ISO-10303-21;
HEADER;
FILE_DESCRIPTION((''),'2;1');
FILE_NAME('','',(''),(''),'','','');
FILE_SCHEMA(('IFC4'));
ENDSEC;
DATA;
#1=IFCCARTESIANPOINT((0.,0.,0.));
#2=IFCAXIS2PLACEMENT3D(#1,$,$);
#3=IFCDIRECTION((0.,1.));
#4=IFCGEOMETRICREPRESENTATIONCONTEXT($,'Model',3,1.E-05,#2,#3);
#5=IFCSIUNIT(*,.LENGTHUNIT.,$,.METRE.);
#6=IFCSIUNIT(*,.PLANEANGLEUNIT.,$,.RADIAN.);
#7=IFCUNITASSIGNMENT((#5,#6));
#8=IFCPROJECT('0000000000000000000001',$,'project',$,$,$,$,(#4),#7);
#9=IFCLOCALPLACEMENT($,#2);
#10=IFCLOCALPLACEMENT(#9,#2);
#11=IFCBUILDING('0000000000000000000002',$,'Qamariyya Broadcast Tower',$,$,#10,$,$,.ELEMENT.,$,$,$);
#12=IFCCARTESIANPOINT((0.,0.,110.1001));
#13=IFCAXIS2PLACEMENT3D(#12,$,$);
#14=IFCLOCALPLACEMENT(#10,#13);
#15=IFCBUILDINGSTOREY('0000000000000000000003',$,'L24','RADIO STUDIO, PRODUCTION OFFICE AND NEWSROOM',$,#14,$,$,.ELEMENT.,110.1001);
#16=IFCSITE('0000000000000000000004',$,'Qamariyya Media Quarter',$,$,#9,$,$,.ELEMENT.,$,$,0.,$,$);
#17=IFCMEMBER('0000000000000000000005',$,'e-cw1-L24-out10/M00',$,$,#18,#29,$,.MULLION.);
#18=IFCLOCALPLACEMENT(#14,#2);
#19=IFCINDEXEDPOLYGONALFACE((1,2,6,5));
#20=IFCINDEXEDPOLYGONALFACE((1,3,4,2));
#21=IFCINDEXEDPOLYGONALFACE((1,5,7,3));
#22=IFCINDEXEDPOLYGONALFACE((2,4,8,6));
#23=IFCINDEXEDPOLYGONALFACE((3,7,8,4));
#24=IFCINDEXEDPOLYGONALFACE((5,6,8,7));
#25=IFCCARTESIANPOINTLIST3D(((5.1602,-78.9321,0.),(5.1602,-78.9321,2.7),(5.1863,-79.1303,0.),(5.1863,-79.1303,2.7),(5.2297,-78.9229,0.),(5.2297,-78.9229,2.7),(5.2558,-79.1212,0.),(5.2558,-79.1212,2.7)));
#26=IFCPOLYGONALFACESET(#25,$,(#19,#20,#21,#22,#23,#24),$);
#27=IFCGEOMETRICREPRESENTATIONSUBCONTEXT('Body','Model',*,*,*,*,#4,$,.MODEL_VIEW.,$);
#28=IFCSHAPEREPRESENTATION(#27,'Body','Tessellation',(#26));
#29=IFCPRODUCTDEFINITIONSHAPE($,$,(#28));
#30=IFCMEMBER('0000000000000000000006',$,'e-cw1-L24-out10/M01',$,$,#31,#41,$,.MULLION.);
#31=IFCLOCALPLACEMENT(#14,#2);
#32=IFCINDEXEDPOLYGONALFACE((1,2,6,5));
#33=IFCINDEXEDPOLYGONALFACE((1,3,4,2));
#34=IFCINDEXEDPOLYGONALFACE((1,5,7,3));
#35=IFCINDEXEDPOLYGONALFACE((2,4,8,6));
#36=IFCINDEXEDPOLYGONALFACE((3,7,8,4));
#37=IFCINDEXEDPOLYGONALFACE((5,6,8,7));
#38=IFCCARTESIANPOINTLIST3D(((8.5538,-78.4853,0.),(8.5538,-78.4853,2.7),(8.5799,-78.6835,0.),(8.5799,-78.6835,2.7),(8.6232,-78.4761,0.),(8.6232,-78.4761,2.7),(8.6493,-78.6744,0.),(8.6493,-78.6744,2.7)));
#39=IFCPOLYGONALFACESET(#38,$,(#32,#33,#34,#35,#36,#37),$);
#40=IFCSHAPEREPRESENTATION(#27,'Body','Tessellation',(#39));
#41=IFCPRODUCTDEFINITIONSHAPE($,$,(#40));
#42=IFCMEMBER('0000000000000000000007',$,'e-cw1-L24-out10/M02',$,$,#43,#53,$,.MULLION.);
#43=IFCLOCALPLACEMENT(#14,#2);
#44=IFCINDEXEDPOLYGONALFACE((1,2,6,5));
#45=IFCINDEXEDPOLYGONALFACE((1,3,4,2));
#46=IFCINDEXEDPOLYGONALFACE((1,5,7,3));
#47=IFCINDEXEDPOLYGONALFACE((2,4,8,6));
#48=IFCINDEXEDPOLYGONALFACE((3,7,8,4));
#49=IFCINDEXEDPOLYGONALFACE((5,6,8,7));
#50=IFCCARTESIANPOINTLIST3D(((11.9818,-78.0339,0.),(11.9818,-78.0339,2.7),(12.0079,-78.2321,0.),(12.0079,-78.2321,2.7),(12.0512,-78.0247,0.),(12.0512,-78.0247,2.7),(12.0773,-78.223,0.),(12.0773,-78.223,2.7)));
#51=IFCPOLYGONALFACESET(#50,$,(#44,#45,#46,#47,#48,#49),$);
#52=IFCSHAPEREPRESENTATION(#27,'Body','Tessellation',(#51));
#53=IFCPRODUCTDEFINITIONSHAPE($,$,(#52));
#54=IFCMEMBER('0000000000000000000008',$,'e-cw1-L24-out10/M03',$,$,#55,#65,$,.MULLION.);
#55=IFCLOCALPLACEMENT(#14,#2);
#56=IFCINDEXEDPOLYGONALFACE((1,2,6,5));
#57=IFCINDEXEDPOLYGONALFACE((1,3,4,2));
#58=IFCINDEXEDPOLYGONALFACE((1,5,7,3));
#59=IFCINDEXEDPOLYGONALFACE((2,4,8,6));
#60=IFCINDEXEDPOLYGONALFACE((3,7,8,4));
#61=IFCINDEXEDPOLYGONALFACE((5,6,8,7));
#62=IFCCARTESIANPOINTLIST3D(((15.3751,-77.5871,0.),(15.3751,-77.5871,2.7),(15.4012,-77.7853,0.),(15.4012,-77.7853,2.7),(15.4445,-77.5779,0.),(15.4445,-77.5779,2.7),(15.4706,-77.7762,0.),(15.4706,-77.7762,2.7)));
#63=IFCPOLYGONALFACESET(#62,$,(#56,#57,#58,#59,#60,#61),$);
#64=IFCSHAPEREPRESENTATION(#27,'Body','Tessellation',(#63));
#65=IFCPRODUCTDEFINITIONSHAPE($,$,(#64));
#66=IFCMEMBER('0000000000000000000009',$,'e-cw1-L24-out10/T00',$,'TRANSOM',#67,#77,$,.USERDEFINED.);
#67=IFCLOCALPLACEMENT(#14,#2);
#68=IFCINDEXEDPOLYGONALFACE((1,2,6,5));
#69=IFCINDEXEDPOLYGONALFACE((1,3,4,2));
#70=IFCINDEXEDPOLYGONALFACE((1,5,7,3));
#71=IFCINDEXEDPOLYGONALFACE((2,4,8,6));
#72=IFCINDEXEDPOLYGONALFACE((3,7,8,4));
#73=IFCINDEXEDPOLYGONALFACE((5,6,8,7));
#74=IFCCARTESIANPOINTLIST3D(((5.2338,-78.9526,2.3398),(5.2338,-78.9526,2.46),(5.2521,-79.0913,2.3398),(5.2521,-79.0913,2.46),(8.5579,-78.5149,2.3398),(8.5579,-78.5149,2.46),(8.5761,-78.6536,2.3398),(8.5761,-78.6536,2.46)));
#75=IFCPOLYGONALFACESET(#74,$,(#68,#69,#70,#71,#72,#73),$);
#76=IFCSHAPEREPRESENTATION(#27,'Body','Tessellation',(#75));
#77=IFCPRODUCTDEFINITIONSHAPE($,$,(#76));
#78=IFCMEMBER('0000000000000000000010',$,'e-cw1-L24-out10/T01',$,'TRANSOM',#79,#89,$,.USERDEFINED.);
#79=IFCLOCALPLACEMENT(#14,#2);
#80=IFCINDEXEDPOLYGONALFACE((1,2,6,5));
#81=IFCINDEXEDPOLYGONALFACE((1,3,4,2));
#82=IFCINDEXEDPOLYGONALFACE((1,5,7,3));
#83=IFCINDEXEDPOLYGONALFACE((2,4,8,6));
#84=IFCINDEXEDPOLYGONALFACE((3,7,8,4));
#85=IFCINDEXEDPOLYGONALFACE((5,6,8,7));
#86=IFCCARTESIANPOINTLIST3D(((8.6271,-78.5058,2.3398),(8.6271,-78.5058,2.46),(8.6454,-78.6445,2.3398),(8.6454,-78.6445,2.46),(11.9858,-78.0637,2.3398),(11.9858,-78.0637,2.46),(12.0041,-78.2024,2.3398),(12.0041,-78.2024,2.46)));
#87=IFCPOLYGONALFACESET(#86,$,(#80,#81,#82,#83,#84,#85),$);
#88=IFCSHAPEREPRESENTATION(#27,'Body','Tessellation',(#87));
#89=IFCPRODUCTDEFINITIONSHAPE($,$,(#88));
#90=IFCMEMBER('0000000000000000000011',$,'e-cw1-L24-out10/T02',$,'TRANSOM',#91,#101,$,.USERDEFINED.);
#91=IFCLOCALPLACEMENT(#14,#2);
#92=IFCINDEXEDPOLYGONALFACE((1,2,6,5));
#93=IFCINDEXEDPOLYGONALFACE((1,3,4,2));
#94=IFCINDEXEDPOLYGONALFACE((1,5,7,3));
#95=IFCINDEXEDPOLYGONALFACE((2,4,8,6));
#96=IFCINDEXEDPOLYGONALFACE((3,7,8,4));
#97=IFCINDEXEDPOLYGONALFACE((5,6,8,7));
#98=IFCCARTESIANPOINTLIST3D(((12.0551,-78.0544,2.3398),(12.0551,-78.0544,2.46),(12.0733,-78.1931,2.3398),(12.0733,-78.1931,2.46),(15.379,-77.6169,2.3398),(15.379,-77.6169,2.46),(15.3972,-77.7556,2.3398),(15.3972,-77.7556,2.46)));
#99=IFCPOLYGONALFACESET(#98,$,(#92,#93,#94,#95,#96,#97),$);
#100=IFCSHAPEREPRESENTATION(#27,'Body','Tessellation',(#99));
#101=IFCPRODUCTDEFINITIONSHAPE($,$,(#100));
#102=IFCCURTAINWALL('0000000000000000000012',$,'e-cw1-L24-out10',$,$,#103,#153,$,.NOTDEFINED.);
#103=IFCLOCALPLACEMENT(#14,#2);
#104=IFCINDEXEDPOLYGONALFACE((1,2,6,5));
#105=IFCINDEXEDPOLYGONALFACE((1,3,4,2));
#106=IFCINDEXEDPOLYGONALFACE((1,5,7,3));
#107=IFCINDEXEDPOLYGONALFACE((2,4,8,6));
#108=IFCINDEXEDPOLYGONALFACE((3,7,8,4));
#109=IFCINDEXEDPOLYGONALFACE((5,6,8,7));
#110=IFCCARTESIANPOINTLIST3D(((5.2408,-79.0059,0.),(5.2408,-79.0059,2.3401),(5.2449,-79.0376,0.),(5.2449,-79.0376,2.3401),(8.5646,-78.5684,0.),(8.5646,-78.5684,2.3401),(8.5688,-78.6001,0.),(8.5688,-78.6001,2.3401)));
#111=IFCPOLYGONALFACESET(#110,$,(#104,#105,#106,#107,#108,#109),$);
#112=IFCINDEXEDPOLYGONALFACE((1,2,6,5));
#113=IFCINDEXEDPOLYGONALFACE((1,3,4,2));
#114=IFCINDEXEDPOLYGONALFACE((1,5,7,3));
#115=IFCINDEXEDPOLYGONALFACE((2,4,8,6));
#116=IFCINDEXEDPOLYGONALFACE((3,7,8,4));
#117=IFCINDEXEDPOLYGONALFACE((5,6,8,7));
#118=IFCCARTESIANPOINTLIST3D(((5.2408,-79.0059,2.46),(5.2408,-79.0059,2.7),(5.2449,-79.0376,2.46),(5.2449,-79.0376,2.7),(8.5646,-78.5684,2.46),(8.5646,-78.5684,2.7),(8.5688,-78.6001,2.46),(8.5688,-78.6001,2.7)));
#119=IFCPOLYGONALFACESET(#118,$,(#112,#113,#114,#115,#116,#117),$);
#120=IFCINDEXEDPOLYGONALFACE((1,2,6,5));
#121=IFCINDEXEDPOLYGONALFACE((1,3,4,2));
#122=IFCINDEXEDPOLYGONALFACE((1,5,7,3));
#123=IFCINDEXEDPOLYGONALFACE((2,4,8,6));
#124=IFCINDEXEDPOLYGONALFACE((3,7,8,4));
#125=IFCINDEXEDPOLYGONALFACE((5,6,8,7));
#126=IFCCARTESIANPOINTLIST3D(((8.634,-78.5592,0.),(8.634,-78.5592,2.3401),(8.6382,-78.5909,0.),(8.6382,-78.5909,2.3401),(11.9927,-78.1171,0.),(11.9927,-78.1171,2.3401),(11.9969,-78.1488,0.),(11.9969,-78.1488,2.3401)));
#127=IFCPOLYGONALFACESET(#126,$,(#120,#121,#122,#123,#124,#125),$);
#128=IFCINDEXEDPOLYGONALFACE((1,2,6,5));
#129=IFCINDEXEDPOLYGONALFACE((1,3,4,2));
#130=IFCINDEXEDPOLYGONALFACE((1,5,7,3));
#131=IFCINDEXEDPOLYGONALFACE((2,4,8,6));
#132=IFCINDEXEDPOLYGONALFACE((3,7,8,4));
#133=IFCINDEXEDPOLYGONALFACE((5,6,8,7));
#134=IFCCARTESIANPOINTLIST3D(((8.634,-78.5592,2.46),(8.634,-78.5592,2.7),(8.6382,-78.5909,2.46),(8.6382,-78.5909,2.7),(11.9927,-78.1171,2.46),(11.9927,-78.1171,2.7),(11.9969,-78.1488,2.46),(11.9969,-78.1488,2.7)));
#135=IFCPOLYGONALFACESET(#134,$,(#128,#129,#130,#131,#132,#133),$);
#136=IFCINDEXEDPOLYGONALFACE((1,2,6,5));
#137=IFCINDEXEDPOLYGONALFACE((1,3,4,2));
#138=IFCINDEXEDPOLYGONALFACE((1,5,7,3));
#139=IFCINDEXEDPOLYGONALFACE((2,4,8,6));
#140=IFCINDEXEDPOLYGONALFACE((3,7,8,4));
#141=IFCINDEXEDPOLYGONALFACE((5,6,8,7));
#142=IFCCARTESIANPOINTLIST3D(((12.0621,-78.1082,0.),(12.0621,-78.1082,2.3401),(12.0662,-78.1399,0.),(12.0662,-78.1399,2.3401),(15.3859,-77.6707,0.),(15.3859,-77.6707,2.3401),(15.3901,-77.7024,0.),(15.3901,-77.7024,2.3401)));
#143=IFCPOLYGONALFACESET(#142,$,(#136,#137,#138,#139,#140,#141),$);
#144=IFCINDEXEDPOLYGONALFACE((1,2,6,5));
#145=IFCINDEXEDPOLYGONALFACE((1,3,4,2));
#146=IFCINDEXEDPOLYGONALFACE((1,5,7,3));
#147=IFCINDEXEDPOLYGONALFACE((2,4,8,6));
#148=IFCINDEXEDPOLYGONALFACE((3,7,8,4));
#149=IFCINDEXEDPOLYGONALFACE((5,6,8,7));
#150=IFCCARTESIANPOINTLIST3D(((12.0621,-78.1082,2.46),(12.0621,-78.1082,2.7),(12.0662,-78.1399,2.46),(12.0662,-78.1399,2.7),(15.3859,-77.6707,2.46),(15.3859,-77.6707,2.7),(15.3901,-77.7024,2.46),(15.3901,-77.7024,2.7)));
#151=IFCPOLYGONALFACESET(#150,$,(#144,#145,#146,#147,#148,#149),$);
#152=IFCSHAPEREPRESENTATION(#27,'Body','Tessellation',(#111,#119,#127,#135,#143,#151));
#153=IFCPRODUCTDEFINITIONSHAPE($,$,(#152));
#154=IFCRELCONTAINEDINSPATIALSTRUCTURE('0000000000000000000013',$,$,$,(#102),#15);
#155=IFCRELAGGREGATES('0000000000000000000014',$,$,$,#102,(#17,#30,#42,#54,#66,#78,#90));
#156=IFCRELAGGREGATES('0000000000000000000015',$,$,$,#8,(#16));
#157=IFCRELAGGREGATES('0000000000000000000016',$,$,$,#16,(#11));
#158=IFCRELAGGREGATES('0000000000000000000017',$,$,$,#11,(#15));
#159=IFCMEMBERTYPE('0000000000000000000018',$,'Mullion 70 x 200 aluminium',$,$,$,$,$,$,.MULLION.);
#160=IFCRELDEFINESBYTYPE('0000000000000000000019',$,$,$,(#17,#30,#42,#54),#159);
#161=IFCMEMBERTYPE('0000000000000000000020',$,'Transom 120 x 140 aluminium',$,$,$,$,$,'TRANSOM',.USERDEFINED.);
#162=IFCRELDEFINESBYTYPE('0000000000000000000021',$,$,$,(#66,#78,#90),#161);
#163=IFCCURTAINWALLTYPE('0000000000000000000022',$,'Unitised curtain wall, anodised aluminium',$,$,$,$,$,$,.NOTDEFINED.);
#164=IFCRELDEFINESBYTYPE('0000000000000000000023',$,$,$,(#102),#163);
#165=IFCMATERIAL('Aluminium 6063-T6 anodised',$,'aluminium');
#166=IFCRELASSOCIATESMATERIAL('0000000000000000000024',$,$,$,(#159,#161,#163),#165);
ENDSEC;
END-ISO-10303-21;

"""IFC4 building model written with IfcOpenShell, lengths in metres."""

from ifc_helpers import new_model, si_unit, direction, frame, origin, origin_2d, place, context, subcontext, project, spatial, rectangle, extrude, material, material_profile, profile_set, type_object, element, aggregate, save


model = new_model("IFC4")

# Units and contexts
model_context = context("Model", 3, precision=1e-05, world=origin(), true_north=direction((0.0, 1.0)))
body_context = subcontext(model_context, "Body", "Model", "MODEL_VIEW")
ifc_project = project(units=[si_unit("LENGTHUNIT", "METRE"), si_unit("PLANEANGLEUNIT", "RADIAN")], contexts=[model_context])

# Members
ifc_material = material(Name="Aluminium 6063-T6 anodised", Category="aluminium")
ifc_material_profile_1 = material_profile(ifc_material, rectangle(XDim=0.2, YDim=0.0701, at=origin_2d()))
ifc_profile_set_1 = profile_set([ifc_material_profile_1], Name="Aluminium 6063-T6 anodised")
member_type_1 = type_object("IfcMemberType", Name="Mullion 70 x 200 aluminium", PredefinedType="MULLION", material=ifc_profile_set_1)
site_placement = place(None, origin())
building_placement = place(site_placement, origin())
storey_placement = place(building_placement, frame((0.0, 0.0, 110.1001)))
member_1_placement = place(storey_placement, frame((5.208, -79.0266, 0.0), z_axis=(0.0, 0.0, 1.0), x_axis=(-0.130526, 0.991445, 0.0)))
member_1 = element("IfcMember", 1, at=member_1_placement, type_object=member_type_1, Name="e-cw1-L24-out10/M00", PredefinedType="MULLION", context=body_context, shape_type="SweptSolid", body=[
    extrude(rectangle(XDim=0.2, YDim=0.0701, at=origin_2d()), origin(), (0.0, 0.0, 1.0), 2.7),
])
member_2_placement = place(storey_placement, frame((8.6016, -78.5798, 0.0), z_axis=(0.0, 0.0, 1.0), x_axis=(-0.130526, 0.991445, 0.0)))
member_2 = element("IfcMember", 2, at=member_2_placement, type_object=member_type_1, Name="e-cw1-L24-out10/M01", PredefinedType="MULLION", context=body_context, shape_type="SweptSolid", body=[
    extrude(rectangle(XDim=0.2, YDim=0.0701, at=origin_2d()), origin(), (0.0, 0.0, 1.0), 2.7),
])
member_3_placement = place(storey_placement, frame((12.0295, -78.1284, 0.0), z_axis=(0.0, 0.0, 1.0), x_axis=(-0.130526, 0.991445, 0.0)))
member_3 = element("IfcMember", 3, at=member_3_placement, type_object=member_type_1, Name="e-cw1-L24-out10/M02", PredefinedType="MULLION", context=body_context, shape_type="SweptSolid", body=[
    extrude(rectangle(XDim=0.2, YDim=0.0701, at=origin_2d()), origin(), (0.0, 0.0, 1.0), 2.7),
])
member_4_placement = place(storey_placement, frame((15.4229, -77.6816, 0.0), z_axis=(0.0, 0.0, 1.0), x_axis=(-0.130526, 0.991445, 0.0)))
member_4 = element("IfcMember", 4, at=member_4_placement, type_object=member_type_1, Name="e-cw1-L24-out10/M03", PredefinedType="MULLION", context=body_context, shape_type="SweptSolid", body=[
    extrude(rectangle(XDim=0.2, YDim=0.0701, at=origin_2d()), origin(), (0.0, 0.0, 1.0), 2.7),
])
ifc_material_profile_2 = material_profile(ifc_material, rectangle(XDim=0.1399, YDim=0.1201, at=origin_2d()))
ifc_profile_set_2 = profile_set([ifc_material_profile_2], Name="Aluminium 6063-T6 anodised")
member_type_2 = type_object("IfcMemberType", Name="Transom 120 x 140 aluminium", ElementType="TRANSOM", PredefinedType="USERDEFINED", material=ifc_profile_set_2)
member_5_placement = place(storey_placement, frame((5.2429, -79.022, 2.3999), z_axis=(0.99144, 0.130566, 0.0), x_axis=(-0.130566, 0.99144, 0.0)))
member_5 = element("IfcMember", 5, at=member_5_placement, type_object=member_type_2, Name="e-cw1-L24-out10/T00", ObjectType="TRANSOM", PredefinedType="USERDEFINED", context=body_context, shape_type="SweptSolid", body=[
    extrude(rectangle(XDim=0.1399, YDim=0.1201, at=origin_2d()), origin(), (0.0, 0.0, 1.0), 3.3528),
])
member_6_placement = place(storey_placement, frame((8.6362, -78.5752, 2.3999), z_axis=(0.991446, 0.130516, 0.0), x_axis=(-0.130516, 0.991446, 0.0)))
member_6 = element("IfcMember", 6, at=member_6_placement, type_object=member_type_2, Name="e-cw1-L24-out10/T01", ObjectType="TRANSOM", PredefinedType="USERDEFINED", context=body_context, shape_type="SweptSolid", body=[
    extrude(rectangle(XDim=0.1399, YDim=0.1201, at=origin_2d()), origin(), (0.0, 0.0, 1.0), 3.3877),
])
member_7_placement = place(storey_placement, frame((12.0642, -78.1238, 2.3999), z_axis=(0.991449, 0.130494, 0.0), x_axis=(-0.130494, 0.991449, 0.0)))
member_7 = element("IfcMember", 7, at=member_7_placement, type_object=member_type_2, Name="e-cw1-L24-out10/T02", ObjectType="TRANSOM", PredefinedType="USERDEFINED", context=body_context, shape_type="SweptSolid", body=[
    extrude(rectangle(XDim=0.1399, YDim=0.1201, at=origin_2d()), origin(), (0.0, 0.0, 1.0), 3.3525),
])

# Site, building, storey
site = spatial("IfcSite", under=ifc_project, at=site_placement, Name="Qamariyya Media Quarter", CompositionType="ELEMENT", RefElevation=0.0)
building = spatial("IfcBuilding", under=site, at=building_placement, Name="Qamariyya Broadcast Tower", CompositionType="ELEMENT")
storey = spatial("IfcBuildingStorey", under=building, at=storey_placement, Name="L24", Description="RADIO STUDIO, PRODUCTION OFFICE AND NEWSROOM", CompositionType="ELEMENT", Elevation=110.1001)

# Curtain wall
curtain_wall_type = type_object("IfcCurtainWallType", Name="Unitised curtain wall, anodised aluminium", PredefinedType="NOTDEFINED", material=ifc_material)
curtain_wall_1_placement = place(storey_placement, origin())
curtain_wall_1 = element("IfcCurtainWall", 8, at=curtain_wall_1_placement, inside=storey, type_object=curtain_wall_type, Name="e-cw1-L24-out10", PredefinedType="NOTDEFINED", context=body_context, shape_type="SweptSolid", body=[
    extrude(rectangle(XDim=3.3525, YDim=0.032, at=origin_2d()), frame((6.9048, -78.803, 0.0), x_axis=(0.991447, 0.130509, 0.0)), (0.0, 0.0, 1.0), 2.3401),
    extrude(rectangle(XDim=3.3525, YDim=0.032, at=origin_2d()), frame((6.9048, -78.803, 2.46), x_axis=(0.991447, 0.130509, 0.0)), (0.0, 0.0, 1.0), 0.24),
    extrude(rectangle(XDim=3.3877, YDim=0.032, at=origin_2d()), frame((10.3154, -78.354, 0.0), x_axis=(0.991447, 0.130509, 0.0)), (0.0, 0.0, 1.0), 2.3401),
    extrude(rectangle(XDim=3.3877, YDim=0.032, at=origin_2d()), frame((10.3154, -78.354, 2.46), x_axis=(0.991447, 0.130509, 0.0)), (0.0, 0.0, 1.0), 0.24),
    extrude(rectangle(XDim=3.3525, YDim=0.032, at=origin_2d()), frame((13.7261, -77.9053, 0.0), x_axis=(0.991447, 0.130509, 0.0)), (0.0, 0.0, 1.0), 2.3401),
    extrude(rectangle(XDim=3.3525, YDim=0.032, at=origin_2d()), frame((13.7261, -77.9053, 2.46), x_axis=(0.991447, 0.130509, 0.0)), (0.0, 0.0, 1.0), 0.24),
])
aggregate(curtain_wall_1, [member_1, member_2, member_3, member_4, member_5, member_6, member_7])

save(model, "model.ifc")
